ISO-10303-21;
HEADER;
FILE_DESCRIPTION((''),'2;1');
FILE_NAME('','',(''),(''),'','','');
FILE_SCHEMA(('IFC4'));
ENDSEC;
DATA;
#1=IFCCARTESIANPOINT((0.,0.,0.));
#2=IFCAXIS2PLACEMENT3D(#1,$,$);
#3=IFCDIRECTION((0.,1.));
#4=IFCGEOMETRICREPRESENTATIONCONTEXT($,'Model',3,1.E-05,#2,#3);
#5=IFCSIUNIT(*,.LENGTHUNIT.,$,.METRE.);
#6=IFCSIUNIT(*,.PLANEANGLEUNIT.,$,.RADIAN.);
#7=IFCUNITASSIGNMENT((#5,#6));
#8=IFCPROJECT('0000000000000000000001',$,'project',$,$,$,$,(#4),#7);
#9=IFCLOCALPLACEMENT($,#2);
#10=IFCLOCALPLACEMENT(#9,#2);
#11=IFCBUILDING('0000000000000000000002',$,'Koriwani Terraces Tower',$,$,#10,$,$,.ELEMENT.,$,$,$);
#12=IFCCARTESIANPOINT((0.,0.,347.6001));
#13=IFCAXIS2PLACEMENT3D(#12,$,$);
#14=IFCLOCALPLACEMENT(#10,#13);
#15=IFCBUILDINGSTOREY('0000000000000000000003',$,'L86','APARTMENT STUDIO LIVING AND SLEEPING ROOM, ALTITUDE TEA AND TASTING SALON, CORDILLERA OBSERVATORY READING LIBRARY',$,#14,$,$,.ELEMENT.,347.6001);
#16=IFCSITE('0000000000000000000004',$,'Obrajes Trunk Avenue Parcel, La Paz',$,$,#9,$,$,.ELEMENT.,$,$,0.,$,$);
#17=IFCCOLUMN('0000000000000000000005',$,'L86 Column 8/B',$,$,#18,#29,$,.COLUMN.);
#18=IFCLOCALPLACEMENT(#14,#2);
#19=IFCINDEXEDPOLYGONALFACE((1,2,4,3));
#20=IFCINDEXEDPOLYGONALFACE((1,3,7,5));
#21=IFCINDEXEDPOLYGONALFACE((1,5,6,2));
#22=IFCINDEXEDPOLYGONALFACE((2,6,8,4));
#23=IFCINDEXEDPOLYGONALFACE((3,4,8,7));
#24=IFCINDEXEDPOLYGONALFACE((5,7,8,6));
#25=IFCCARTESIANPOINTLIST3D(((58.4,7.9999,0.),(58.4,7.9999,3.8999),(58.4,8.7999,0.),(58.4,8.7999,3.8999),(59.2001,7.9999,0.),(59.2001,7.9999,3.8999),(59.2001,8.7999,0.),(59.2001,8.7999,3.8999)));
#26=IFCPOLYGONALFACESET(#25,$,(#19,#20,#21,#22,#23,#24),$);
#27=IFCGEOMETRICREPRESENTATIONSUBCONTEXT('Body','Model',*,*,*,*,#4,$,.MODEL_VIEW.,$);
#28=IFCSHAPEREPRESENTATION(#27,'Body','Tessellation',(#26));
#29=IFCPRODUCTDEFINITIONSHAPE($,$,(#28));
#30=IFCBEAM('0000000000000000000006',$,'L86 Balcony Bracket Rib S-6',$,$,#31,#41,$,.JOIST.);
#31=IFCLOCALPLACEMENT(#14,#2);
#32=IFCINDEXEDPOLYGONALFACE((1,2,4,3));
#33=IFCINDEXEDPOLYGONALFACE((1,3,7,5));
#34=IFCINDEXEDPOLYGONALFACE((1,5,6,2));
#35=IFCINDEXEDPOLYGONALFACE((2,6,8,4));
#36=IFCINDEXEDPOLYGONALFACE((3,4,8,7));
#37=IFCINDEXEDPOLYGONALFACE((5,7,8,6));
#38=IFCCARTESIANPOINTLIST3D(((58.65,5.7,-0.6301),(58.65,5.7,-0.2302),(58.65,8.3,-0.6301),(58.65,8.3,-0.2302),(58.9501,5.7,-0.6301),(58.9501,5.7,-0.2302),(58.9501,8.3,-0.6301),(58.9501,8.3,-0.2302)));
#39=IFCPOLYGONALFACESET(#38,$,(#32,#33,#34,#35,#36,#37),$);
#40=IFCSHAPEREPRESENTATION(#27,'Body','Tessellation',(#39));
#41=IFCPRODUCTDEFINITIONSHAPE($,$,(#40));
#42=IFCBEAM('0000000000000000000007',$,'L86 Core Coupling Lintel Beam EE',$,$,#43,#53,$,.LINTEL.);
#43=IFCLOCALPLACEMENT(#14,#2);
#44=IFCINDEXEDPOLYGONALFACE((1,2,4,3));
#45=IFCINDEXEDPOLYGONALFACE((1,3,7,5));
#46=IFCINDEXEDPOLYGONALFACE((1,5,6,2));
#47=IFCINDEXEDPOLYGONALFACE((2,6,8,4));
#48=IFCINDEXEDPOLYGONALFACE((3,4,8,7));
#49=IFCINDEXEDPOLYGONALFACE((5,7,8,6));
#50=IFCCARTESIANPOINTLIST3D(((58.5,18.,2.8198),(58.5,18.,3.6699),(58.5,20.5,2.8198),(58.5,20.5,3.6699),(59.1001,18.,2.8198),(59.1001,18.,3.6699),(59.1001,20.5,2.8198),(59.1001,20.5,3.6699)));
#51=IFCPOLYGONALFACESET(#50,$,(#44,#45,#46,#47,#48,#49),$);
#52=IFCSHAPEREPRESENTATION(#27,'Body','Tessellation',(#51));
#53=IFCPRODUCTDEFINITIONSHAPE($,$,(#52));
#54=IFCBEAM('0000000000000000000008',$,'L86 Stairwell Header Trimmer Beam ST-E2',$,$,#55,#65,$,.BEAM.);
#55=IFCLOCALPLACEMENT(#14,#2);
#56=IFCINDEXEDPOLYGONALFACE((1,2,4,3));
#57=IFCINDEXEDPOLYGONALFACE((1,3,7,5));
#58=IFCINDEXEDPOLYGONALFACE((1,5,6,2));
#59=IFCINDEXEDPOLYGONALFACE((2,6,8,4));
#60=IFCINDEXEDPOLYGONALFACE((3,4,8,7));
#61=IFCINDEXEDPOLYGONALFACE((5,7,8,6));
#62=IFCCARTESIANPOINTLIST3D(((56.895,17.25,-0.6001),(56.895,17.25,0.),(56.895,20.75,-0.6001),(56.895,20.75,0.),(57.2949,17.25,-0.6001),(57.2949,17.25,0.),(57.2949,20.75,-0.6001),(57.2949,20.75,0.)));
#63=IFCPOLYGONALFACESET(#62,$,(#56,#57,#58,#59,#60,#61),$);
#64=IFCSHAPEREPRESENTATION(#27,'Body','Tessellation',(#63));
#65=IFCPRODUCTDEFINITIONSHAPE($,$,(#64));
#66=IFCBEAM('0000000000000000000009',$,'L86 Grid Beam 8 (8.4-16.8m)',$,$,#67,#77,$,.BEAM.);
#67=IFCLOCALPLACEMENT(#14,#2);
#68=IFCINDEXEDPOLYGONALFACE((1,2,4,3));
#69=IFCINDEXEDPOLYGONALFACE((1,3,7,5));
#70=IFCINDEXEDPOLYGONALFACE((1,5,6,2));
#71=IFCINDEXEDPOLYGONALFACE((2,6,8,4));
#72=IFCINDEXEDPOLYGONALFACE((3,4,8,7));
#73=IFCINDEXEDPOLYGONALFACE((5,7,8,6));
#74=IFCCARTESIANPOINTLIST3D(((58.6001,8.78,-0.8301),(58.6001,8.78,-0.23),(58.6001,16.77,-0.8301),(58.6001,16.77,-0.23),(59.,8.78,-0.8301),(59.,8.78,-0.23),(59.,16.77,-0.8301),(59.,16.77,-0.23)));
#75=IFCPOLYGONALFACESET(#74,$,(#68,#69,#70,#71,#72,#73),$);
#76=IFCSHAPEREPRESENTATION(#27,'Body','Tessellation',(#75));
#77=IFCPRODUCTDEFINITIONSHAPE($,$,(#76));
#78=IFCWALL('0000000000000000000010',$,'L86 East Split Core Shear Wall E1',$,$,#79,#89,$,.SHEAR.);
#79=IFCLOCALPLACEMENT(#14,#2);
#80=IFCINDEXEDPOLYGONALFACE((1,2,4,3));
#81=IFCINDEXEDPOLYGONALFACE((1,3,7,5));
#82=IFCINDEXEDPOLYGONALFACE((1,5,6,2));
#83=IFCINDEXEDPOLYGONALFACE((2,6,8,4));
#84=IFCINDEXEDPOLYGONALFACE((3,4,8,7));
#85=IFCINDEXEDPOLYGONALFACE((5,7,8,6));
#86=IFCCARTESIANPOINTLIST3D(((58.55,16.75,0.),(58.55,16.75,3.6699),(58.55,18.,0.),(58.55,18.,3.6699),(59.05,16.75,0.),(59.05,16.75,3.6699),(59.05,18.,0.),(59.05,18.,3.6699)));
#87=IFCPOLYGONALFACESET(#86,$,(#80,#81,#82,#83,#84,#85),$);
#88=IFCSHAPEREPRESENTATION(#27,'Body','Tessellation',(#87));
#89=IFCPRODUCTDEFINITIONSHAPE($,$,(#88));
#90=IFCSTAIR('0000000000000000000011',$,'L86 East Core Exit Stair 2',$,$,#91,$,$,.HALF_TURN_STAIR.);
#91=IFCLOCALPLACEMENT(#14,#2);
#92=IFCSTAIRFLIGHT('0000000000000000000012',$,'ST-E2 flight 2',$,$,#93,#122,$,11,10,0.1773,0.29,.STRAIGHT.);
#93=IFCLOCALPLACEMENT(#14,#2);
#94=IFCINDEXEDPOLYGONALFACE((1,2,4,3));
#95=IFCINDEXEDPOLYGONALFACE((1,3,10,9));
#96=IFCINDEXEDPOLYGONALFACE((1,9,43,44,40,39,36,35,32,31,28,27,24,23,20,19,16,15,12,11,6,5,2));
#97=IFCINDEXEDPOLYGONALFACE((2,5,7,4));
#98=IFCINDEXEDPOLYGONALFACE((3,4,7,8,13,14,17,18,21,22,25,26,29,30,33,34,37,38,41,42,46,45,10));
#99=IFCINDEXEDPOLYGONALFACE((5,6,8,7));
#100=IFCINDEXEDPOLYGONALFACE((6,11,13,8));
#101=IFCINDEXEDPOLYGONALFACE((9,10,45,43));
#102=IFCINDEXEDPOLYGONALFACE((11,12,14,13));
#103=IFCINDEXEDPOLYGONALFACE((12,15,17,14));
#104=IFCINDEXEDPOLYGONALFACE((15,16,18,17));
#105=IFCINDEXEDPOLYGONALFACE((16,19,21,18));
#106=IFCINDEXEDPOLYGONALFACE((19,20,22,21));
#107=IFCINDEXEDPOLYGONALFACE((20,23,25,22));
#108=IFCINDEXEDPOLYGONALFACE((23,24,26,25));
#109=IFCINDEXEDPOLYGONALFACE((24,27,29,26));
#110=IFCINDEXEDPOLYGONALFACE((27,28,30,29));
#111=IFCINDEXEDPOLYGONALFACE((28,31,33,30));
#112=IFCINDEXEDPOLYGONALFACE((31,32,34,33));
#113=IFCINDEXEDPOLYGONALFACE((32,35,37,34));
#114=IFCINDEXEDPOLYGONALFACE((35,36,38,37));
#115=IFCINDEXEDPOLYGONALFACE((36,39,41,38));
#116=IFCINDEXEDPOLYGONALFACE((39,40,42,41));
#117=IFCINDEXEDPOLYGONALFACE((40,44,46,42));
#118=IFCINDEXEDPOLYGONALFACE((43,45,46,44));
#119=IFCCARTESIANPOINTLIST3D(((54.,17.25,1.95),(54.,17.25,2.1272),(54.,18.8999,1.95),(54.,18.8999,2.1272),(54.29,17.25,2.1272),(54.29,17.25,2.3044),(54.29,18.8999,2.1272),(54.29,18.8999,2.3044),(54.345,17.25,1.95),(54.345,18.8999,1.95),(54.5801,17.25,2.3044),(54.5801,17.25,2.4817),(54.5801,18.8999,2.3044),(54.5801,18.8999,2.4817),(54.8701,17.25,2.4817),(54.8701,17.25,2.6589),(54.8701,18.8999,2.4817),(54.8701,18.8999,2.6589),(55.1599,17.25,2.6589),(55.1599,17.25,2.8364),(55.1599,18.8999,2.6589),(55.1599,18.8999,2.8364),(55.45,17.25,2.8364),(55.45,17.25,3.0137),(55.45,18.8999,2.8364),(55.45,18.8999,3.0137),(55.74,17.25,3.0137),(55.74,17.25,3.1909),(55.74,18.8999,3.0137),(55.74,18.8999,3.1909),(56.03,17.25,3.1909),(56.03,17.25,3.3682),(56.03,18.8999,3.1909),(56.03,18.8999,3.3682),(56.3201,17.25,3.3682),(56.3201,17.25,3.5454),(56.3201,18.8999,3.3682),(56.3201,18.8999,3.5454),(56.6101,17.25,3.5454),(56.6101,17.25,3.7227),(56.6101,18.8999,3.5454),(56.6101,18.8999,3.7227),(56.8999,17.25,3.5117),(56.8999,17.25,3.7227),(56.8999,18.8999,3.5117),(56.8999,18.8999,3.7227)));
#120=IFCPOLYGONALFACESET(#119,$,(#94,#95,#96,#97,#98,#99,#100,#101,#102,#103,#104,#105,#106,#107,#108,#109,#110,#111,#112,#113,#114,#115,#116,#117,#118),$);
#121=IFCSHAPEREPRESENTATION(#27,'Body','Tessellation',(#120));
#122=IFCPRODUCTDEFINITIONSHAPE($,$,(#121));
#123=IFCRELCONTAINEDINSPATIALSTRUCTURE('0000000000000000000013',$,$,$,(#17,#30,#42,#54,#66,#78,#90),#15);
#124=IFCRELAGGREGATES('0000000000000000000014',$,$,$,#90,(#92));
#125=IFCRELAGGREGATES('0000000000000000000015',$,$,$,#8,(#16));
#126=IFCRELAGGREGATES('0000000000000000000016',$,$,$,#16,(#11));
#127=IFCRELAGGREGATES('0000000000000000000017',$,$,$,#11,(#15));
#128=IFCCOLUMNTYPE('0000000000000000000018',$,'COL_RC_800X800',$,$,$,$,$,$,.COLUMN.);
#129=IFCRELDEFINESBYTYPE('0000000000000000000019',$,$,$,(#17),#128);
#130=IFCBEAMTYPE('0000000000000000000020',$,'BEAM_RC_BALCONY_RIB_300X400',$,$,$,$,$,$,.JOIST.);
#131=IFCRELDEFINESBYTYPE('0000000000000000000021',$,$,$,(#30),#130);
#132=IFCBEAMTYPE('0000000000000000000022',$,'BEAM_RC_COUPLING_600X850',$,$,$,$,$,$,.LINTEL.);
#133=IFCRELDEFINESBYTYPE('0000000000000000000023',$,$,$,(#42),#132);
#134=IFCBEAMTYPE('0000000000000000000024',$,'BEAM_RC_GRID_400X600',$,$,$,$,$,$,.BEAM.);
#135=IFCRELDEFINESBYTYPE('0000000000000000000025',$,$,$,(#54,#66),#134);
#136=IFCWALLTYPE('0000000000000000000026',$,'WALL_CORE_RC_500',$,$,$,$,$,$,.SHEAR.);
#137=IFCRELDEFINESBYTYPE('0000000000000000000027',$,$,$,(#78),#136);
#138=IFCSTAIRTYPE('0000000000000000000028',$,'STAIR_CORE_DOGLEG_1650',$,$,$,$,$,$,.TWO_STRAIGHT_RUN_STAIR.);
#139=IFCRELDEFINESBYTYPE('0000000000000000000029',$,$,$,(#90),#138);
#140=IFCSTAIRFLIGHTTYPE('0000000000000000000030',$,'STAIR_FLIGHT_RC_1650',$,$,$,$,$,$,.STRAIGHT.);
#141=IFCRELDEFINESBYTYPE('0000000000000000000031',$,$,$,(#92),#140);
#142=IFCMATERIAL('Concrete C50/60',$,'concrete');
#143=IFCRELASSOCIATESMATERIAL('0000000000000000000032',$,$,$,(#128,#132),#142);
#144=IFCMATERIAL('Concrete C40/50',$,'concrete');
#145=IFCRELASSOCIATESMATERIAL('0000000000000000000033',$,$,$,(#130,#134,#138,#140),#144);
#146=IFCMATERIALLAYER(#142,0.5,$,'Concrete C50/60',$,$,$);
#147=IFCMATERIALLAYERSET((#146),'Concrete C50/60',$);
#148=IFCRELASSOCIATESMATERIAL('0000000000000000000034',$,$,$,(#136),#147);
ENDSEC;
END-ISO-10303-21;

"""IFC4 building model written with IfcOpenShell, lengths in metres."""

from ifc_helpers import new_model, si_unit, direction, frame, frame_2d, origin, origin_2d, place, context, subcontext, project, spatial, polyline, rectangle, outline, extrude, material, layer, layer_set, material_profile, profile_set, type_object, element, aggregate, save


model = new_model("IFC4")

# Units and contexts
model_context = context("Model", 3, precision=1e-05, world=origin(), true_north=direction((0.0, 1.0)))
body_context = subcontext(model_context, "Body", "Model", "MODEL_VIEW")
ifc_project = project(units=[si_unit("LENGTHUNIT", "METRE"), si_unit("PLANEANGLEUNIT", "RADIAN")], contexts=[model_context])

# Site, building, storey
site_placement = place(None, origin())
site = spatial("IfcSite", under=ifc_project, at=site_placement, Name="Obrajes Trunk Avenue Parcel, La Paz", CompositionType="ELEMENT", RefElevation=0.0)
building_placement = place(site_placement, origin())
building = spatial("IfcBuilding", under=site, at=building_placement, Name="Koriwani Terraces Tower", CompositionType="ELEMENT")
storey_placement = place(building_placement, frame((0.0, 0.0, 347.6001)))
storey = spatial("IfcBuildingStorey", under=building, at=storey_placement, Name="L86", Description="APARTMENT STUDIO LIVING AND SLEEPING ROOM, ALTITUDE TEA AND TASTING SALON, CORDILLERA OBSERVATORY READING LIBRARY", CompositionType="ELEMENT", Elevation=347.6001)

# Column
ifc_material_1 = material(Name="Concrete C50/60", Category="concrete")
ifc_material_profile_1 = material_profile(ifc_material_1, rectangle(XDim=0.8, YDim=0.8, at=origin_2d()), Name="Concrete C50/60", Category="LoadBearing")
ifc_profile_set_1 = profile_set([ifc_material_profile_1], Name="Concrete C50/60")
column_type = type_object("IfcColumnType", Name="COL_RC_800X800", PredefinedType="COLUMN", material=ifc_profile_set_1)
column_placement = place(storey_placement, frame((58.8, 8.3999, 0.0), z_axis=(0.0, 0.0, 1.0), x_axis=(1.0, 0.0, 0.0)))
element("IfcColumn", 1, at=column_placement, inside=storey, type_object=column_type, Name="L86 Column 8/B", PredefinedType="COLUMN", context=body_context, shape_type="SweptSolid", body=[
    extrude(rectangle(XDim=0.8, YDim=0.8, at=origin_2d()), origin(), (0.0, 0.0, 1.0), 3.8999),
])

# Beams
ifc_material_2 = material(Name="Concrete C40/50", Category="concrete")
ifc_material_profile_2 = material_profile(ifc_material_2, rectangle(XDim=0.3, YDim=0.3999, at=origin_2d()), Name="Concrete C40/50", Category="LoadBearing")
ifc_profile_set_2 = profile_set([ifc_material_profile_2], Name="Concrete C40/50")
beam_type_1 = type_object("IfcBeamType", Name="BEAM_RC_BALCONY_RIB_300X400", PredefinedType="JOIST", material=ifc_profile_set_2)
beam_1_placement = place(storey_placement, frame((58.8, 5.7, -0.4302), z_axis=(0.0, 1.0, 0.0), x_axis=(-1.0, 0.0, 0.0)))
element("IfcBeam", 2, at=beam_1_placement, inside=storey, type_object=beam_type_1, Name="L86 Balcony Bracket Rib S-6", PredefinedType="JOIST", context=body_context, shape_type="SweptSolid", body=[
    extrude(rectangle(XDim=0.3, YDim=0.3999, at=origin_2d()), origin(), (0.0, 0.0, 1.0), 2.6001),
])
ifc_material_profile_3 = material_profile(ifc_material_1, rectangle(XDim=0.6001, YDim=0.8501, at=origin_2d()), Name="Concrete C50/60", Category="LoadBearing")
ifc_profile_set_3 = profile_set([ifc_material_profile_3], Name="Concrete C50/60")
beam_type_2 = type_object("IfcBeamType", Name="BEAM_RC_COUPLING_600X850", PredefinedType="LINTEL", material=ifc_profile_set_3)
beam_2_placement = place(storey_placement, frame((58.8, 18.0, 3.2449), z_axis=(0.0, 1.0, 0.0), x_axis=(-1.0, 0.0, 0.0)))
element("IfcBeam", 3, at=beam_2_placement, inside=storey, type_object=beam_type_2, Name="L86 Core Coupling Lintel Beam EE", PredefinedType="LINTEL", context=body_context, shape_type="SweptSolid", body=[
    extrude(rectangle(XDim=0.6001, YDim=0.8501, at=origin_2d()), origin(), (0.0, 0.0, 1.0), 2.5),
])
ifc_material_profile_4 = material_profile(ifc_material_2, rectangle(XDim=0.3999, YDim=0.6001, at=origin_2d()), Name="Concrete C40/50", Category="LoadBearing")
ifc_profile_set_4 = profile_set([ifc_material_profile_4], Name="Concrete C40/50")
beam_type_3 = type_object("IfcBeamType", Name="BEAM_RC_GRID_400X600", PredefinedType="BEAM", material=ifc_profile_set_4)
beam_3_placement = place(storey_placement, frame((57.095, 17.25, -0.3), z_axis=(0.0, 1.0, 0.0), x_axis=(-1.0, 0.0, 0.0)))
element("IfcBeam", 4, at=beam_3_placement, inside=storey, type_object=beam_type_3, Name="L86 Stairwell Header Trimmer Beam ST-E2", PredefinedType="BEAM", context=body_context, shape_type="SweptSolid", body=[
    extrude(rectangle(XDim=0.3999, YDim=0.6001, at=origin_2d()), origin(), (0.0, 0.0, 1.0), 3.5),
])
beam_4_placement = place(storey_placement, frame((58.8, 8.78, -0.53), z_axis=(0.0, 1.0, 0.0), x_axis=(-1.0, 0.0, 0.0)))
element("IfcBeam", 5, at=beam_4_placement, inside=storey, type_object=beam_type_3, Name="L86 Grid Beam 8 (8.4-16.8m)", PredefinedType="BEAM", context=body_context, shape_type="SweptSolid", body=[
    extrude(rectangle(XDim=0.3999, YDim=0.6001, at=origin_2d()), origin(), (0.0, 0.0, 1.0), 7.99),
])

# Wall
ifc_layer_1 = layer(ifc_material_1, 0.5, Name="Concrete C50/60")
ifc_layer_set_1 = layer_set([ifc_layer_1], Name="Concrete C50/60")
wall_type_1 = type_object("IfcWallType", Name="WALL_CORE_RC_500", PredefinedType="SHEAR", material=ifc_layer_set_1)
wall_1_placement = place(storey_placement, frame((58.8, 16.75, 0.0), z_axis=(0.0, 0.0, 1.0), x_axis=(0.0, 1.0, 0.0)))
element("IfcWall", 6, at=wall_1_placement, inside=storey, type_object=wall_type_1, Name="L86 East Split Core Shear Wall E1", PredefinedType="SHEAR", context=body_context, shape_type="SweptSolid", body=[
    extrude(rectangle(XDim=1.25, YDim=0.5, at=frame_2d((0.625, 0.0))), origin(), (0.0, 0.0, 1.0), 3.6699),
])

# Stair, stair flight
stair_type = type_object("IfcStairType", Name="STAIR_CORE_DOGLEG_1650", PredefinedType="TWO_STRAIGHT_RUN_STAIR", material=ifc_material_2)
stair_placement = place(storey_placement, origin())
stair = element("IfcStair", 7, at=stair_placement, inside=storey, type_object=stair_type, Name="L86 East Core Exit Stair 2", PredefinedType="HALF_TURN_STAIR")
stair_flight_type = type_object("IfcStairFlightType", Name="STAIR_FLIGHT_RC_1650", PredefinedType="STRAIGHT", material=ifc_material_2)
stair_flight_placement = place(storey_placement, frame((54.0, 18.075, 1.95), z_axis=(0.0, 0.0, 1.0), x_axis=(1.0, 0.0, 0.0)))
stair_flight = element("IfcStairFlight", 8, at=stair_flight_placement, type_object=stair_flight_type, Name="ST-E2 flight 2", NumberOfRisers=11, NumberOfTreads=10, PredefinedType="STRAIGHT", RiserHeight=0.1773, TreadLength=0.29, context=body_context, shape_type="SweptSolid", body=[
    extrude(outline(polyline([(0.0, 0.0), (0.0, 0.1772), (0.29, 0.1772), (0.29, 0.3545), (0.5801, 0.3545), (0.5801, 0.5317), (0.8701, 0.5317), (0.8701, 0.709), (1.1599, 0.709), (1.1599, 0.8865), (1.45, 0.8865), (1.45, 1.0637), (1.74, 1.0637), (1.74, 1.241), (2.03, 1.241), (2.03, 1.4182), (2.3201, 1.4182), (2.3201, 1.5955), (2.6101, 1.5955), (2.6101, 1.7727), (2.8999, 1.7727), (2.8999, 1.95), (2.8999, 1.5618), (0.345, 0.0), (0.0, 0.0)])), frame((0.0, 0.825, 0.0), z_axis=(0.0, -1.0, 0.0), x_axis=(1.0, 0.0, 0.0)), (0.0, 0.0, 1.0), 1.6499),
])
aggregate(stair, [stair_flight])

save(model, "model.ifc")
